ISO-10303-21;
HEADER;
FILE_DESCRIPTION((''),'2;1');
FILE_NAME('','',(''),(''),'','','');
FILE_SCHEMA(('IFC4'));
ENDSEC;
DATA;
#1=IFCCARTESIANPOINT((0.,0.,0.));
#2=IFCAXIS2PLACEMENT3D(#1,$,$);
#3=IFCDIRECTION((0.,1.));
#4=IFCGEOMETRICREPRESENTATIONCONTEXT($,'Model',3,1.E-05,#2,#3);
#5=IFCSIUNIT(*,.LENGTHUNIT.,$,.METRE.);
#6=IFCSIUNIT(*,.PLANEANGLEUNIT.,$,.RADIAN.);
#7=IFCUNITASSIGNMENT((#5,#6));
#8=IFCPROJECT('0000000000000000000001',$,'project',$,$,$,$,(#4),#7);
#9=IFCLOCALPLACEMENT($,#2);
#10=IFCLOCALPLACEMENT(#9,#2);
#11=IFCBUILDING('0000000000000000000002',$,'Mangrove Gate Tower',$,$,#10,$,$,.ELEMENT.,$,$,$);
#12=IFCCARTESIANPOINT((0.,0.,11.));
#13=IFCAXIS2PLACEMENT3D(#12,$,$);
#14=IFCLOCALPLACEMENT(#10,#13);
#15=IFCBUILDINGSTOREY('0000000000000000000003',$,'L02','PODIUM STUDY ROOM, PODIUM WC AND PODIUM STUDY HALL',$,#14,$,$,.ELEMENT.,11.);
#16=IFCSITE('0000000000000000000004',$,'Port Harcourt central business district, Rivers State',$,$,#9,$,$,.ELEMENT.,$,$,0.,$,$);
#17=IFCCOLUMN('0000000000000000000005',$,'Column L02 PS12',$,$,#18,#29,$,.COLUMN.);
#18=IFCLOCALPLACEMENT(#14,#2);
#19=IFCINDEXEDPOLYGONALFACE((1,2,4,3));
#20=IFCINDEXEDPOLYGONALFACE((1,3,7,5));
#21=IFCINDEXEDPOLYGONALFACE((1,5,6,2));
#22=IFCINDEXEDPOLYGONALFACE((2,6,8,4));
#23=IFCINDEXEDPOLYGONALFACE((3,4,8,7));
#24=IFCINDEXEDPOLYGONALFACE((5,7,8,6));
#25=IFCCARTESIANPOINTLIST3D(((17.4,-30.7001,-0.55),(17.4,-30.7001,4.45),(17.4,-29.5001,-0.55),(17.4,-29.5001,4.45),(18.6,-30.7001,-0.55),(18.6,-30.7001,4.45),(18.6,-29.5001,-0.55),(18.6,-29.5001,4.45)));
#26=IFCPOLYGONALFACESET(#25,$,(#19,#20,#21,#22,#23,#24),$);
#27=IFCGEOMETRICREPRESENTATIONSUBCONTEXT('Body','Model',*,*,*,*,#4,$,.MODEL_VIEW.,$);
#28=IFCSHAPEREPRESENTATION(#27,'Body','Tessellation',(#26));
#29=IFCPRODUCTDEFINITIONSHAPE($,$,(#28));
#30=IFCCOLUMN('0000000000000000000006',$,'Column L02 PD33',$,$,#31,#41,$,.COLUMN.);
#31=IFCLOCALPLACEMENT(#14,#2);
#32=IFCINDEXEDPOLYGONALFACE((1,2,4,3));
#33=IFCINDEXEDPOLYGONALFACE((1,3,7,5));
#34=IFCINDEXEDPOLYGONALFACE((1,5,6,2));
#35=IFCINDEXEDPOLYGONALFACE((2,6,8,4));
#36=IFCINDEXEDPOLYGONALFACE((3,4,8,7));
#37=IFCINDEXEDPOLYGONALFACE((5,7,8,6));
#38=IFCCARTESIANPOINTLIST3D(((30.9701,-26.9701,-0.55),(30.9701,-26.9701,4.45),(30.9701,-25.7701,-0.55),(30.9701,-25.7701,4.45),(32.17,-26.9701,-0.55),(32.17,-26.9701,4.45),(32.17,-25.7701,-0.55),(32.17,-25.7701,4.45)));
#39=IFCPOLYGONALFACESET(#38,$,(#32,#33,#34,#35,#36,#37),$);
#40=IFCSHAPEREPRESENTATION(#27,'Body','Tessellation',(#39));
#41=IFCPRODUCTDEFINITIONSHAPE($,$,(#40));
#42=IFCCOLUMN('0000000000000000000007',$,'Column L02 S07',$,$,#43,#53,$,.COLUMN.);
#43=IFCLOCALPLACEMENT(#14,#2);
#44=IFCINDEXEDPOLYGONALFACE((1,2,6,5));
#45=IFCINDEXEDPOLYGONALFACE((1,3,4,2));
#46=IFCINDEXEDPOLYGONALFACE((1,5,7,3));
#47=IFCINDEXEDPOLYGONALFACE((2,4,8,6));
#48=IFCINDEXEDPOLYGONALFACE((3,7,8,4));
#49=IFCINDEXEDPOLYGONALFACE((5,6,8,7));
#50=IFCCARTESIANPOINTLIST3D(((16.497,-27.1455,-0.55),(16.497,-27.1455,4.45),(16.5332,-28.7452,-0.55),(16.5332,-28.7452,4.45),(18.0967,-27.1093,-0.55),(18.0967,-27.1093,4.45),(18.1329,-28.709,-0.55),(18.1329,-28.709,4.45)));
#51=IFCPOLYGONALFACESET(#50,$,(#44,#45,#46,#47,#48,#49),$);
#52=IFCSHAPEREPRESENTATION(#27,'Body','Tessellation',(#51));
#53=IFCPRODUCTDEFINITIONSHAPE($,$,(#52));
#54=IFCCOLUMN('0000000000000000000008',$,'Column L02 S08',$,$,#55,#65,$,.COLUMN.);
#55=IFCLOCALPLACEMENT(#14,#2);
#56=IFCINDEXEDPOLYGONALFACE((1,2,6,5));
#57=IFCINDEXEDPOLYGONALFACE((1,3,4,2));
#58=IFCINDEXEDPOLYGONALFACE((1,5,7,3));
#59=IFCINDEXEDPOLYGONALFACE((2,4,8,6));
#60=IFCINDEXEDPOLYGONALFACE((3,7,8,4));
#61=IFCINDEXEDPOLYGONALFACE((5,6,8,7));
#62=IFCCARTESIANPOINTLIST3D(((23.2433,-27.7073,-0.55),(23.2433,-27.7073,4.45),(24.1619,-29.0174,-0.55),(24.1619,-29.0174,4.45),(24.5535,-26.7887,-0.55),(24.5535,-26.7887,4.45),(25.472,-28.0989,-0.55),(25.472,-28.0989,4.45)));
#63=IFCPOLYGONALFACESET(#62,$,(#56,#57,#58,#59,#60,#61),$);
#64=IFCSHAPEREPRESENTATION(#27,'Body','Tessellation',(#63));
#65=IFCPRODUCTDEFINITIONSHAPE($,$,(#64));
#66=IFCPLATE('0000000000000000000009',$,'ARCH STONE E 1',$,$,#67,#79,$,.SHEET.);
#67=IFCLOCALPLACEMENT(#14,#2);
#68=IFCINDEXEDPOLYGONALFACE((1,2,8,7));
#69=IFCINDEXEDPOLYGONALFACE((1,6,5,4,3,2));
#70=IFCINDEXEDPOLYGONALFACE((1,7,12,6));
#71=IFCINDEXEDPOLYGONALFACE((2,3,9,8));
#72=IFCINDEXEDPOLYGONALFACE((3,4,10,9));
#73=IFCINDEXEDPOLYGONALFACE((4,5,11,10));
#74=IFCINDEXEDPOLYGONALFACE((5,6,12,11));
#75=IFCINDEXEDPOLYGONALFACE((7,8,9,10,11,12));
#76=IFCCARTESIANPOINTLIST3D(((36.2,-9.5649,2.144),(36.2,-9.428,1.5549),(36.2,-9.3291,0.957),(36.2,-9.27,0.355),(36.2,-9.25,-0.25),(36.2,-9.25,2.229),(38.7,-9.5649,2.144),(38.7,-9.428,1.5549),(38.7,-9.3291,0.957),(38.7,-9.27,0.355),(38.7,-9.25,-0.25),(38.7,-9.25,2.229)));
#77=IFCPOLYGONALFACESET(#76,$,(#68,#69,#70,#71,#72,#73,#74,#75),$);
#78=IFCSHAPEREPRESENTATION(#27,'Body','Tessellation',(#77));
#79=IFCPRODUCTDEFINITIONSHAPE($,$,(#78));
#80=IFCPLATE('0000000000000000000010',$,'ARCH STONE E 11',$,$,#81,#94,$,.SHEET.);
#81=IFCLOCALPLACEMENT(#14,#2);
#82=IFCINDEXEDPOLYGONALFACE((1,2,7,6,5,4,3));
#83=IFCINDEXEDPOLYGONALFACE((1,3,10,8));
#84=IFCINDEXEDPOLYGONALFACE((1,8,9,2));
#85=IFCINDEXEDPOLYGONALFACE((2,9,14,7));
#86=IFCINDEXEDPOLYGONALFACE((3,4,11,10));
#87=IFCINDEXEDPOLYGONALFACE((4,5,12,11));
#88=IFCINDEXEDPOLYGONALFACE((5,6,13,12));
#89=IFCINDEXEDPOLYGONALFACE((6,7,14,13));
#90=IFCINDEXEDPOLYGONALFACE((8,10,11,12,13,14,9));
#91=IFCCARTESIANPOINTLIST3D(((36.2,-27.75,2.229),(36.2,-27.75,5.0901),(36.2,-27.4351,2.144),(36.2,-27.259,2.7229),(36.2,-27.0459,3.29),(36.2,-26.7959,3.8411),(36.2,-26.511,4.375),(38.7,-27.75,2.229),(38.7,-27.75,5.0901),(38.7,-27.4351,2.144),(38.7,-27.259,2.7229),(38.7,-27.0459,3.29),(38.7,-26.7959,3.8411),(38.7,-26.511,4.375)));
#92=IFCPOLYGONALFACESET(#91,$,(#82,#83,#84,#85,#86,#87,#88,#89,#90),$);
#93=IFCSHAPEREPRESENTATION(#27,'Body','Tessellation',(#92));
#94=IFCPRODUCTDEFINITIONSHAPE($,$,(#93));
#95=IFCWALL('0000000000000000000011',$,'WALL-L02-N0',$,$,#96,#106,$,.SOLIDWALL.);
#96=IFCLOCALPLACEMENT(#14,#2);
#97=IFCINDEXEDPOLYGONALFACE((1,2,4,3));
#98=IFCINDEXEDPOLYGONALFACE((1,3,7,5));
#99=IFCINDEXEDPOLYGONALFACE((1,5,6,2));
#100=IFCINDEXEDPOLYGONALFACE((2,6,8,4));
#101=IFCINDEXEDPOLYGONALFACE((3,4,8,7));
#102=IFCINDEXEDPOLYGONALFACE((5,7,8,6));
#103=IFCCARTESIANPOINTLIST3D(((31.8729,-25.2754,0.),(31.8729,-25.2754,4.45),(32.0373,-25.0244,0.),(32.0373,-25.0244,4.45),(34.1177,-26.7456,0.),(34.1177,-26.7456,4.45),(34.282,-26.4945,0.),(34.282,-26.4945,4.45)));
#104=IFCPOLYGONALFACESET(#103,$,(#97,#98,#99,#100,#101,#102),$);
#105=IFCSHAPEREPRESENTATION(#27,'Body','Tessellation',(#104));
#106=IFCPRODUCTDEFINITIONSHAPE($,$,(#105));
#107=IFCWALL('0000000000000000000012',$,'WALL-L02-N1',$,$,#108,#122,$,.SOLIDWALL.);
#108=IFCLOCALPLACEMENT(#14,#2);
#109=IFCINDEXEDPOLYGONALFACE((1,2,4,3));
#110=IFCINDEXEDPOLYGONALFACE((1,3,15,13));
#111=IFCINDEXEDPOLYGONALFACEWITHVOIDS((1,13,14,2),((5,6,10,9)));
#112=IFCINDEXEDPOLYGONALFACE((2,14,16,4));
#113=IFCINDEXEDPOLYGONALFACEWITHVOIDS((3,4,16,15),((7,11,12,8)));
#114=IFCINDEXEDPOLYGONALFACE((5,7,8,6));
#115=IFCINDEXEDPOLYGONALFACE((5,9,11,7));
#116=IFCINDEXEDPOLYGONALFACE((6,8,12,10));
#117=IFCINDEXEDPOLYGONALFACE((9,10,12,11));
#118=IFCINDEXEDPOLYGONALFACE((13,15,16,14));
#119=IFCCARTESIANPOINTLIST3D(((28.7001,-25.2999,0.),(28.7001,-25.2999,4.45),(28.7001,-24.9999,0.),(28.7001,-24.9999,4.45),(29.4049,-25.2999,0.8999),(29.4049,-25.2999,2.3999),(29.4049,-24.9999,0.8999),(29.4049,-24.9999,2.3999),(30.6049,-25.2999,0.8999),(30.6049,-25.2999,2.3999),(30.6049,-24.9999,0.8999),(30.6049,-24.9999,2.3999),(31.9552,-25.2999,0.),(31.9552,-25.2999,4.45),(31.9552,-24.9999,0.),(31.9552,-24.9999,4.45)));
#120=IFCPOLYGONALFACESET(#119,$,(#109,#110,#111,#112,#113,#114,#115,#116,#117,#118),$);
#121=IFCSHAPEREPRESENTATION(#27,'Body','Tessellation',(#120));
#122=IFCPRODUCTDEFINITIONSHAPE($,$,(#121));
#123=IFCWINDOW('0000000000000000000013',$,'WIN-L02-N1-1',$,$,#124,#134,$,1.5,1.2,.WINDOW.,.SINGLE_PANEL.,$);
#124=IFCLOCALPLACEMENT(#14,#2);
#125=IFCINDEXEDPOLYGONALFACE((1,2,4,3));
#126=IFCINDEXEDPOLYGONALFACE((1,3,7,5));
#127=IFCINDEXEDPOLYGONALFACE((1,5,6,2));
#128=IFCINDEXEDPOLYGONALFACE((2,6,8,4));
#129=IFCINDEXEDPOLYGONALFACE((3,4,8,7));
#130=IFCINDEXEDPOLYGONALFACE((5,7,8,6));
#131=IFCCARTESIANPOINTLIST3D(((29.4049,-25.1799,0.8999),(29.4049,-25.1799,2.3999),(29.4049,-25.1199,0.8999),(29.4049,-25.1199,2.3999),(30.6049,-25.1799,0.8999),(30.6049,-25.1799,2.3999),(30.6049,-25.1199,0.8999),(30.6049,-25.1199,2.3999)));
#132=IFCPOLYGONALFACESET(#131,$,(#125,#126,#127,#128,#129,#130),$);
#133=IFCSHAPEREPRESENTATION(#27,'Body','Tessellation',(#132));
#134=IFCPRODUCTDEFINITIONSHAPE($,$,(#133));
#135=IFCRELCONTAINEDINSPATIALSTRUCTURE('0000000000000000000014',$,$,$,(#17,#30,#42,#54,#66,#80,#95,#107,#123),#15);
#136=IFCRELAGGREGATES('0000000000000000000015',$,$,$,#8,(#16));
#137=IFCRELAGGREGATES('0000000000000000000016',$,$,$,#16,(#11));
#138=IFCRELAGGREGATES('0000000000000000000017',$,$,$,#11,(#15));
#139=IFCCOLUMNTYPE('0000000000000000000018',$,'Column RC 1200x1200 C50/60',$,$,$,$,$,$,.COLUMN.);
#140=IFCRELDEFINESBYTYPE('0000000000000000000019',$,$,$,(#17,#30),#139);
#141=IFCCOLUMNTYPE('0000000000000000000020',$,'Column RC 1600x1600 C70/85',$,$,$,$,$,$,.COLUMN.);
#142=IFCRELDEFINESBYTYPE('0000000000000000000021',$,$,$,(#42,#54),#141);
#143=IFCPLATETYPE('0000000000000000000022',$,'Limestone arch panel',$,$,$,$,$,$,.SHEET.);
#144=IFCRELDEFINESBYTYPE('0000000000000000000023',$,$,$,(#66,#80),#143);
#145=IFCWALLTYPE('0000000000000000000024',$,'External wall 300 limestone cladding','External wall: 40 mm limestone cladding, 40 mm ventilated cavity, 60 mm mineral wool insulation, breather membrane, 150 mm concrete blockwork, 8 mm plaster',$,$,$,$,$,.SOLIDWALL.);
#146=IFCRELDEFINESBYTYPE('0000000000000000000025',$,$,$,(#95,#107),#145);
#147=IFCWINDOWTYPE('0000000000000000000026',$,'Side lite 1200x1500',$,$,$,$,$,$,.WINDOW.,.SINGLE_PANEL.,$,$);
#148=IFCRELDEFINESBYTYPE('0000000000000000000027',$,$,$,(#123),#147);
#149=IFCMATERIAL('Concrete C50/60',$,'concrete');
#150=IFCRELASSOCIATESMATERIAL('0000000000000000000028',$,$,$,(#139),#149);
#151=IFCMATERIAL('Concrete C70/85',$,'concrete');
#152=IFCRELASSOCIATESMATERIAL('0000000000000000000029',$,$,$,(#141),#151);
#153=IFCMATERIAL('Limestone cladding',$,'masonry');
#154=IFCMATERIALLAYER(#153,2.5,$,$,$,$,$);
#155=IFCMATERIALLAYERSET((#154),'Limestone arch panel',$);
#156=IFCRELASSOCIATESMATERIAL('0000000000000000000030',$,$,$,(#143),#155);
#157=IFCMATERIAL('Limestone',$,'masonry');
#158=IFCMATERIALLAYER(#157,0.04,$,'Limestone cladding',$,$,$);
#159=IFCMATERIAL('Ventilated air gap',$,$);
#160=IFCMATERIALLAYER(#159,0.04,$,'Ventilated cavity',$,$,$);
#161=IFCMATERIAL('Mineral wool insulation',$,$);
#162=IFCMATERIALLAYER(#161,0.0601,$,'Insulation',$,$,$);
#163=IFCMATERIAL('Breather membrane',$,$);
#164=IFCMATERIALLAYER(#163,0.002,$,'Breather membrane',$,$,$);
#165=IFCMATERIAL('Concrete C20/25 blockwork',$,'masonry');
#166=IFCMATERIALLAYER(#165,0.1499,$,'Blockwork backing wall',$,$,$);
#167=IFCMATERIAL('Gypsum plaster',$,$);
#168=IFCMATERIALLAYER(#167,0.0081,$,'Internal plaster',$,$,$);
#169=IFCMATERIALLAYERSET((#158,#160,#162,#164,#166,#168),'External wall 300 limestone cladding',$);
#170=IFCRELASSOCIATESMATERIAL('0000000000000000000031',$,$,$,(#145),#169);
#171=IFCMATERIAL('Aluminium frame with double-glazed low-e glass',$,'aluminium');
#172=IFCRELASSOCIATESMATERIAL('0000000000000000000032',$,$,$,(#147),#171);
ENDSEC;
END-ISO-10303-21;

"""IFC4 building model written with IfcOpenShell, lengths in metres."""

from ifc_helpers import new_model, si_unit, direction, frame, frame_2d, origin, origin_2d, place, context, subcontext, project, spatial, polyline, rectangle, outline, extrude, material, layer, layer_set, material_profile, profile_set, type_object, element, fill, save


model = new_model("IFC4")

# Units and contexts
model_context = context("Model", 3, precision=1e-05, world=origin(), true_north=direction((0.0, 1.0)))
body_context = subcontext(model_context, "Body", "Model", "MODEL_VIEW")
ifc_project = project(units=[si_unit("LENGTHUNIT", "METRE"), si_unit("PLANEANGLEUNIT", "RADIAN")], contexts=[model_context])

# Site, building, storey
site_placement = place(None, origin())
site = spatial("IfcSite", under=ifc_project, at=site_placement, Name="Port Harcourt central business district, Rivers State", CompositionType="ELEMENT", RefElevation=0.0)
building_placement = place(site_placement, origin())
building = spatial("IfcBuilding", under=site, at=building_placement, Name="Mangrove Gate Tower", CompositionType="ELEMENT")
storey_placement = place(building_placement, frame((0.0, 0.0, 11.0)))
storey = spatial("IfcBuildingStorey", under=building, at=storey_placement, Name="L02", Description="PODIUM STUDY ROOM, PODIUM WC AND PODIUM STUDY HALL", CompositionType="ELEMENT", Elevation=11.0)

# Columns
ifc_material_1 = material(Name="Concrete C50/60", Category="concrete")
ifc_material_profile_1 = material_profile(ifc_material_1, rectangle(XDim=1.2, YDim=1.2, at=origin_2d()))
ifc_profile_set_1 = profile_set([ifc_material_profile_1], Name="Concrete C50/60")
column_type_1 = type_object("IfcColumnType", Name="Column RC 1200x1200 C50/60", PredefinedType="COLUMN", material=ifc_profile_set_1)
for number, where, z_axis, x_axis, name in (
    (1, (18.0, -30.1001, -0.55), (0.0, 0.0, 1.0), (1.0, 0.0, 0.0), "Column L02 PS12"),
    (2, (31.5701, -26.3701, -0.55), (0.0, 0.0, 1.0), (1.0, 0.0, 0.0), "Column L02 PD33"),
):
    element("IfcColumn", number, at=place(storey_placement, frame(where, z_axis=z_axis, x_axis=x_axis)), inside=storey, type_object=column_type_1, Name=name, PredefinedType="COLUMN", context=body_context, shape_type="SweptSolid", body=[
        extrude(rectangle(XDim=1.2, YDim=1.2, at=origin_2d()), origin(), (0.0, 0.0, 1.0), 5.0),
    ])
ifc_material_2 = material(Name="Concrete C70/85", Category="concrete")
ifc_material_profile_2 = material_profile(ifc_material_2, rectangle(XDim=1.6001, YDim=1.6001, at=origin_2d()))
ifc_profile_set_2 = profile_set([ifc_material_profile_2], Name="Concrete C70/85")
column_type_2 = type_object("IfcColumnType", Name="Column RC 1600x1600 C70/85", PredefinedType="COLUMN", material=ifc_profile_set_2)
for number, where, z_axis, x_axis, name in (
    (3, (17.3149, -27.9272, -0.55), (0.0, 0.0, 1.0), (0.999744, 0.022644, 0.0), "Column L02 S07"),
    (4, (24.3577, -27.9031, -0.55), (0.0, 0.0, 1.0), (0.818799, 0.574081, 0.0), "Column L02 S08"),
):
    element("IfcColumn", number, at=place(storey_placement, frame(where, z_axis=z_axis, x_axis=x_axis)), inside=storey, type_object=column_type_2, Name=name, PredefinedType="COLUMN", context=body_context, shape_type="SweptSolid", body=[
        extrude(rectangle(XDim=1.6001, YDim=1.6001, at=origin_2d()), origin(), (0.0, 0.0, 1.0), 5.0),
    ])

# Plates
ifc_material_3 = material(Name="Limestone cladding", Category="masonry")
ifc_layer_1 = layer(ifc_material_3, 2.5)
ifc_layer_set_1 = layer_set([ifc_layer_1], Name="Limestone arch panel")
plate_type = type_object("IfcPlateType", Name="Limestone arch panel", PredefinedType="SHEET", material=ifc_layer_set_1)
plate_1_placement = place(storey_placement, frame((38.7, -9.25, -0.25), z_axis=(1.0, 0.0, 0.0), x_axis=(0.0, 0.0, 1.0)))
element("IfcPlate", 5, at=plate_1_placement, inside=storey, type_object=plate_type, Name="ARCH STONE E 1", PredefinedType="SHEET", context=body_context, shape_type="SweptSolid", body=[
    extrude(outline(polyline([(0.0, 0.0), (2.479, 0.0), (2.394, 0.3149), (1.8049, 0.178), (1.207, 0.0791), (0.605, 0.02), (0.0, 0.0)])), origin(), (0.0, 0.0, -1.0), 2.5),
])
plate_2_placement = place(storey_placement, frame((38.7, -26.511, 4.375), z_axis=(1.0, 0.0, 0.0), x_axis=(0.0, -0.866103, 0.499865)))
element("IfcPlate", 6, at=plate_2_placement, inside=storey, type_object=plate_type, Name="ARCH STONE E 11", PredefinedType="SHEET", context=body_context, shape_type="SweptSolid", body=[
    extrude(outline(polyline([(0.0, 0.0), (1.4306, 0.0), (0.0004, 2.478), (-0.3148, 2.3942), (-0.1779, 1.8048), (-0.079, 1.2071), (-0.0201, 0.6049), (0.0, 0.0)])), origin(), (0.0, 0.0, -1.0), 2.5),
])

# Wall
ifc_material_4 = material(Name="Limestone", Category="masonry")
ifc_layer_2 = layer(ifc_material_4, 0.04, Name="Limestone cladding")
ifc_material_5 = material(Name="Ventilated air gap")
ifc_layer_3 = layer(ifc_material_5, 0.04, Name="Ventilated cavity")
ifc_material_6 = material(Name="Mineral wool insulation")
ifc_layer_4 = layer(ifc_material_6, 0.0601, Name="Insulation")
ifc_material_7 = material(Name="Breather membrane")
ifc_layer_5 = layer(ifc_material_7, 0.002, Name="Breather membrane")
ifc_material_8 = material(Name="Concrete C20/25 blockwork", Category="masonry")
ifc_layer_6 = layer(ifc_material_8, 0.1499, Name="Blockwork backing wall")
ifc_material_9 = material(Name="Gypsum plaster")
ifc_layer_7 = layer(ifc_material_9, 0.0081, Name="Internal plaster")
ifc_layer_set_2 = layer_set([ifc_layer_2, ifc_layer_3, ifc_layer_4, ifc_layer_5, ifc_layer_6, ifc_layer_7], Name="External wall 300 limestone cladding")
wall_type_1 = type_object("IfcWallType", Name="External wall 300 limestone cladding", Description="External wall: 40 mm limestone cladding, 40 mm ventilated cavity, 60 mm mineral wool insulation, breather membrane, 150 mm concrete blockwork, 8 mm plaster", PredefinedType="SOLIDWALL", material=ifc_layer_set_2)
wall_1_placement = place(storey_placement, frame((34.2, -26.6201, 0.0), z_axis=(0.0, 0.0, 1.0), x_axis=(-0.836557, 0.547879, 0.0)))
element("IfcWall", 7, at=wall_1_placement, inside=storey, type_object=wall_type_1, Name="WALL-L02-N0", PredefinedType="SOLIDWALL", context=body_context, shape_type="SweptSolid", body=[
    extrude(rectangle(XDim=2.6833, YDim=0.3, at=frame_2d((1.3418, 0.0))), origin(), (0.0, 0.0, 1.0), 4.45),
])

# Wall, opening, window
wall_2_placement = place(storey_placement, frame((31.9551, -25.1499, 0.0), z_axis=(0.0, 0.0, 1.0), x_axis=(-1.0, 0.0, 0.0)))
wall_2 = element("IfcWall", 8, at=wall_2_placement, inside=storey, type_object=wall_type_1, Name="WALL-L02-N1", PredefinedType="SOLIDWALL", context=body_context, shape_type="SweptSolid", body=[
    extrude(rectangle(XDim=3.2551, YDim=0.3, at=frame_2d((1.6274, 0.0))), origin(), (0.0, 0.0, 1.0), 4.45),
])
opening_1_placement = place(wall_2_placement, frame((1.3501, 0.0, 0.8999)))
opening_1 = element("IfcOpeningElement", 9, at=opening_1_placement, cuts=wall_2, PredefinedType="OPENING", context=body_context, shape_type="SweptSolid", body=[
    extrude(rectangle(XDim=1.2, YDim=1.5, at=frame_2d((0.6001, 0.75))), frame((0.0, 0.1599, 0.0), z_axis=(0.0, -1.0, 0.0), x_axis=(1.0, 0.0, 0.0)), (0.0, 0.0, 1.0), 0.3201),
])
ifc_material_10 = material(Name="Aluminium frame with double-glazed low-e glass", Category="aluminium")
window_type_1 = type_object("IfcWindowType", Name="Side lite 1200x1500", PartitioningType="SINGLE_PANEL", PredefinedType="WINDOW", material=ifc_material_10)
window_1_placement = place(opening_1_placement, origin())
window_1 = element("IfcWindow", 10, at=window_1_placement, inside=storey, type_object=window_type_1, Name="WIN-L02-N1-1", OverallHeight=1.5, OverallWidth=1.2, PartitioningType="SINGLE_PANEL", PredefinedType="WINDOW", context=body_context, shape_type="SweptSolid", body=[
    extrude(rectangle(XDim=1.2, YDim=1.5, at=frame_2d((0.6001, 0.75))), frame((0.0, 0.03, 0.0), z_axis=(0.0, -1.0, 0.0), x_axis=(1.0, 0.0, 0.0)), (0.0, 0.0, 1.0), 0.0601),
])
fill(opening_1, window_1)

save(model, "model.ifc")
